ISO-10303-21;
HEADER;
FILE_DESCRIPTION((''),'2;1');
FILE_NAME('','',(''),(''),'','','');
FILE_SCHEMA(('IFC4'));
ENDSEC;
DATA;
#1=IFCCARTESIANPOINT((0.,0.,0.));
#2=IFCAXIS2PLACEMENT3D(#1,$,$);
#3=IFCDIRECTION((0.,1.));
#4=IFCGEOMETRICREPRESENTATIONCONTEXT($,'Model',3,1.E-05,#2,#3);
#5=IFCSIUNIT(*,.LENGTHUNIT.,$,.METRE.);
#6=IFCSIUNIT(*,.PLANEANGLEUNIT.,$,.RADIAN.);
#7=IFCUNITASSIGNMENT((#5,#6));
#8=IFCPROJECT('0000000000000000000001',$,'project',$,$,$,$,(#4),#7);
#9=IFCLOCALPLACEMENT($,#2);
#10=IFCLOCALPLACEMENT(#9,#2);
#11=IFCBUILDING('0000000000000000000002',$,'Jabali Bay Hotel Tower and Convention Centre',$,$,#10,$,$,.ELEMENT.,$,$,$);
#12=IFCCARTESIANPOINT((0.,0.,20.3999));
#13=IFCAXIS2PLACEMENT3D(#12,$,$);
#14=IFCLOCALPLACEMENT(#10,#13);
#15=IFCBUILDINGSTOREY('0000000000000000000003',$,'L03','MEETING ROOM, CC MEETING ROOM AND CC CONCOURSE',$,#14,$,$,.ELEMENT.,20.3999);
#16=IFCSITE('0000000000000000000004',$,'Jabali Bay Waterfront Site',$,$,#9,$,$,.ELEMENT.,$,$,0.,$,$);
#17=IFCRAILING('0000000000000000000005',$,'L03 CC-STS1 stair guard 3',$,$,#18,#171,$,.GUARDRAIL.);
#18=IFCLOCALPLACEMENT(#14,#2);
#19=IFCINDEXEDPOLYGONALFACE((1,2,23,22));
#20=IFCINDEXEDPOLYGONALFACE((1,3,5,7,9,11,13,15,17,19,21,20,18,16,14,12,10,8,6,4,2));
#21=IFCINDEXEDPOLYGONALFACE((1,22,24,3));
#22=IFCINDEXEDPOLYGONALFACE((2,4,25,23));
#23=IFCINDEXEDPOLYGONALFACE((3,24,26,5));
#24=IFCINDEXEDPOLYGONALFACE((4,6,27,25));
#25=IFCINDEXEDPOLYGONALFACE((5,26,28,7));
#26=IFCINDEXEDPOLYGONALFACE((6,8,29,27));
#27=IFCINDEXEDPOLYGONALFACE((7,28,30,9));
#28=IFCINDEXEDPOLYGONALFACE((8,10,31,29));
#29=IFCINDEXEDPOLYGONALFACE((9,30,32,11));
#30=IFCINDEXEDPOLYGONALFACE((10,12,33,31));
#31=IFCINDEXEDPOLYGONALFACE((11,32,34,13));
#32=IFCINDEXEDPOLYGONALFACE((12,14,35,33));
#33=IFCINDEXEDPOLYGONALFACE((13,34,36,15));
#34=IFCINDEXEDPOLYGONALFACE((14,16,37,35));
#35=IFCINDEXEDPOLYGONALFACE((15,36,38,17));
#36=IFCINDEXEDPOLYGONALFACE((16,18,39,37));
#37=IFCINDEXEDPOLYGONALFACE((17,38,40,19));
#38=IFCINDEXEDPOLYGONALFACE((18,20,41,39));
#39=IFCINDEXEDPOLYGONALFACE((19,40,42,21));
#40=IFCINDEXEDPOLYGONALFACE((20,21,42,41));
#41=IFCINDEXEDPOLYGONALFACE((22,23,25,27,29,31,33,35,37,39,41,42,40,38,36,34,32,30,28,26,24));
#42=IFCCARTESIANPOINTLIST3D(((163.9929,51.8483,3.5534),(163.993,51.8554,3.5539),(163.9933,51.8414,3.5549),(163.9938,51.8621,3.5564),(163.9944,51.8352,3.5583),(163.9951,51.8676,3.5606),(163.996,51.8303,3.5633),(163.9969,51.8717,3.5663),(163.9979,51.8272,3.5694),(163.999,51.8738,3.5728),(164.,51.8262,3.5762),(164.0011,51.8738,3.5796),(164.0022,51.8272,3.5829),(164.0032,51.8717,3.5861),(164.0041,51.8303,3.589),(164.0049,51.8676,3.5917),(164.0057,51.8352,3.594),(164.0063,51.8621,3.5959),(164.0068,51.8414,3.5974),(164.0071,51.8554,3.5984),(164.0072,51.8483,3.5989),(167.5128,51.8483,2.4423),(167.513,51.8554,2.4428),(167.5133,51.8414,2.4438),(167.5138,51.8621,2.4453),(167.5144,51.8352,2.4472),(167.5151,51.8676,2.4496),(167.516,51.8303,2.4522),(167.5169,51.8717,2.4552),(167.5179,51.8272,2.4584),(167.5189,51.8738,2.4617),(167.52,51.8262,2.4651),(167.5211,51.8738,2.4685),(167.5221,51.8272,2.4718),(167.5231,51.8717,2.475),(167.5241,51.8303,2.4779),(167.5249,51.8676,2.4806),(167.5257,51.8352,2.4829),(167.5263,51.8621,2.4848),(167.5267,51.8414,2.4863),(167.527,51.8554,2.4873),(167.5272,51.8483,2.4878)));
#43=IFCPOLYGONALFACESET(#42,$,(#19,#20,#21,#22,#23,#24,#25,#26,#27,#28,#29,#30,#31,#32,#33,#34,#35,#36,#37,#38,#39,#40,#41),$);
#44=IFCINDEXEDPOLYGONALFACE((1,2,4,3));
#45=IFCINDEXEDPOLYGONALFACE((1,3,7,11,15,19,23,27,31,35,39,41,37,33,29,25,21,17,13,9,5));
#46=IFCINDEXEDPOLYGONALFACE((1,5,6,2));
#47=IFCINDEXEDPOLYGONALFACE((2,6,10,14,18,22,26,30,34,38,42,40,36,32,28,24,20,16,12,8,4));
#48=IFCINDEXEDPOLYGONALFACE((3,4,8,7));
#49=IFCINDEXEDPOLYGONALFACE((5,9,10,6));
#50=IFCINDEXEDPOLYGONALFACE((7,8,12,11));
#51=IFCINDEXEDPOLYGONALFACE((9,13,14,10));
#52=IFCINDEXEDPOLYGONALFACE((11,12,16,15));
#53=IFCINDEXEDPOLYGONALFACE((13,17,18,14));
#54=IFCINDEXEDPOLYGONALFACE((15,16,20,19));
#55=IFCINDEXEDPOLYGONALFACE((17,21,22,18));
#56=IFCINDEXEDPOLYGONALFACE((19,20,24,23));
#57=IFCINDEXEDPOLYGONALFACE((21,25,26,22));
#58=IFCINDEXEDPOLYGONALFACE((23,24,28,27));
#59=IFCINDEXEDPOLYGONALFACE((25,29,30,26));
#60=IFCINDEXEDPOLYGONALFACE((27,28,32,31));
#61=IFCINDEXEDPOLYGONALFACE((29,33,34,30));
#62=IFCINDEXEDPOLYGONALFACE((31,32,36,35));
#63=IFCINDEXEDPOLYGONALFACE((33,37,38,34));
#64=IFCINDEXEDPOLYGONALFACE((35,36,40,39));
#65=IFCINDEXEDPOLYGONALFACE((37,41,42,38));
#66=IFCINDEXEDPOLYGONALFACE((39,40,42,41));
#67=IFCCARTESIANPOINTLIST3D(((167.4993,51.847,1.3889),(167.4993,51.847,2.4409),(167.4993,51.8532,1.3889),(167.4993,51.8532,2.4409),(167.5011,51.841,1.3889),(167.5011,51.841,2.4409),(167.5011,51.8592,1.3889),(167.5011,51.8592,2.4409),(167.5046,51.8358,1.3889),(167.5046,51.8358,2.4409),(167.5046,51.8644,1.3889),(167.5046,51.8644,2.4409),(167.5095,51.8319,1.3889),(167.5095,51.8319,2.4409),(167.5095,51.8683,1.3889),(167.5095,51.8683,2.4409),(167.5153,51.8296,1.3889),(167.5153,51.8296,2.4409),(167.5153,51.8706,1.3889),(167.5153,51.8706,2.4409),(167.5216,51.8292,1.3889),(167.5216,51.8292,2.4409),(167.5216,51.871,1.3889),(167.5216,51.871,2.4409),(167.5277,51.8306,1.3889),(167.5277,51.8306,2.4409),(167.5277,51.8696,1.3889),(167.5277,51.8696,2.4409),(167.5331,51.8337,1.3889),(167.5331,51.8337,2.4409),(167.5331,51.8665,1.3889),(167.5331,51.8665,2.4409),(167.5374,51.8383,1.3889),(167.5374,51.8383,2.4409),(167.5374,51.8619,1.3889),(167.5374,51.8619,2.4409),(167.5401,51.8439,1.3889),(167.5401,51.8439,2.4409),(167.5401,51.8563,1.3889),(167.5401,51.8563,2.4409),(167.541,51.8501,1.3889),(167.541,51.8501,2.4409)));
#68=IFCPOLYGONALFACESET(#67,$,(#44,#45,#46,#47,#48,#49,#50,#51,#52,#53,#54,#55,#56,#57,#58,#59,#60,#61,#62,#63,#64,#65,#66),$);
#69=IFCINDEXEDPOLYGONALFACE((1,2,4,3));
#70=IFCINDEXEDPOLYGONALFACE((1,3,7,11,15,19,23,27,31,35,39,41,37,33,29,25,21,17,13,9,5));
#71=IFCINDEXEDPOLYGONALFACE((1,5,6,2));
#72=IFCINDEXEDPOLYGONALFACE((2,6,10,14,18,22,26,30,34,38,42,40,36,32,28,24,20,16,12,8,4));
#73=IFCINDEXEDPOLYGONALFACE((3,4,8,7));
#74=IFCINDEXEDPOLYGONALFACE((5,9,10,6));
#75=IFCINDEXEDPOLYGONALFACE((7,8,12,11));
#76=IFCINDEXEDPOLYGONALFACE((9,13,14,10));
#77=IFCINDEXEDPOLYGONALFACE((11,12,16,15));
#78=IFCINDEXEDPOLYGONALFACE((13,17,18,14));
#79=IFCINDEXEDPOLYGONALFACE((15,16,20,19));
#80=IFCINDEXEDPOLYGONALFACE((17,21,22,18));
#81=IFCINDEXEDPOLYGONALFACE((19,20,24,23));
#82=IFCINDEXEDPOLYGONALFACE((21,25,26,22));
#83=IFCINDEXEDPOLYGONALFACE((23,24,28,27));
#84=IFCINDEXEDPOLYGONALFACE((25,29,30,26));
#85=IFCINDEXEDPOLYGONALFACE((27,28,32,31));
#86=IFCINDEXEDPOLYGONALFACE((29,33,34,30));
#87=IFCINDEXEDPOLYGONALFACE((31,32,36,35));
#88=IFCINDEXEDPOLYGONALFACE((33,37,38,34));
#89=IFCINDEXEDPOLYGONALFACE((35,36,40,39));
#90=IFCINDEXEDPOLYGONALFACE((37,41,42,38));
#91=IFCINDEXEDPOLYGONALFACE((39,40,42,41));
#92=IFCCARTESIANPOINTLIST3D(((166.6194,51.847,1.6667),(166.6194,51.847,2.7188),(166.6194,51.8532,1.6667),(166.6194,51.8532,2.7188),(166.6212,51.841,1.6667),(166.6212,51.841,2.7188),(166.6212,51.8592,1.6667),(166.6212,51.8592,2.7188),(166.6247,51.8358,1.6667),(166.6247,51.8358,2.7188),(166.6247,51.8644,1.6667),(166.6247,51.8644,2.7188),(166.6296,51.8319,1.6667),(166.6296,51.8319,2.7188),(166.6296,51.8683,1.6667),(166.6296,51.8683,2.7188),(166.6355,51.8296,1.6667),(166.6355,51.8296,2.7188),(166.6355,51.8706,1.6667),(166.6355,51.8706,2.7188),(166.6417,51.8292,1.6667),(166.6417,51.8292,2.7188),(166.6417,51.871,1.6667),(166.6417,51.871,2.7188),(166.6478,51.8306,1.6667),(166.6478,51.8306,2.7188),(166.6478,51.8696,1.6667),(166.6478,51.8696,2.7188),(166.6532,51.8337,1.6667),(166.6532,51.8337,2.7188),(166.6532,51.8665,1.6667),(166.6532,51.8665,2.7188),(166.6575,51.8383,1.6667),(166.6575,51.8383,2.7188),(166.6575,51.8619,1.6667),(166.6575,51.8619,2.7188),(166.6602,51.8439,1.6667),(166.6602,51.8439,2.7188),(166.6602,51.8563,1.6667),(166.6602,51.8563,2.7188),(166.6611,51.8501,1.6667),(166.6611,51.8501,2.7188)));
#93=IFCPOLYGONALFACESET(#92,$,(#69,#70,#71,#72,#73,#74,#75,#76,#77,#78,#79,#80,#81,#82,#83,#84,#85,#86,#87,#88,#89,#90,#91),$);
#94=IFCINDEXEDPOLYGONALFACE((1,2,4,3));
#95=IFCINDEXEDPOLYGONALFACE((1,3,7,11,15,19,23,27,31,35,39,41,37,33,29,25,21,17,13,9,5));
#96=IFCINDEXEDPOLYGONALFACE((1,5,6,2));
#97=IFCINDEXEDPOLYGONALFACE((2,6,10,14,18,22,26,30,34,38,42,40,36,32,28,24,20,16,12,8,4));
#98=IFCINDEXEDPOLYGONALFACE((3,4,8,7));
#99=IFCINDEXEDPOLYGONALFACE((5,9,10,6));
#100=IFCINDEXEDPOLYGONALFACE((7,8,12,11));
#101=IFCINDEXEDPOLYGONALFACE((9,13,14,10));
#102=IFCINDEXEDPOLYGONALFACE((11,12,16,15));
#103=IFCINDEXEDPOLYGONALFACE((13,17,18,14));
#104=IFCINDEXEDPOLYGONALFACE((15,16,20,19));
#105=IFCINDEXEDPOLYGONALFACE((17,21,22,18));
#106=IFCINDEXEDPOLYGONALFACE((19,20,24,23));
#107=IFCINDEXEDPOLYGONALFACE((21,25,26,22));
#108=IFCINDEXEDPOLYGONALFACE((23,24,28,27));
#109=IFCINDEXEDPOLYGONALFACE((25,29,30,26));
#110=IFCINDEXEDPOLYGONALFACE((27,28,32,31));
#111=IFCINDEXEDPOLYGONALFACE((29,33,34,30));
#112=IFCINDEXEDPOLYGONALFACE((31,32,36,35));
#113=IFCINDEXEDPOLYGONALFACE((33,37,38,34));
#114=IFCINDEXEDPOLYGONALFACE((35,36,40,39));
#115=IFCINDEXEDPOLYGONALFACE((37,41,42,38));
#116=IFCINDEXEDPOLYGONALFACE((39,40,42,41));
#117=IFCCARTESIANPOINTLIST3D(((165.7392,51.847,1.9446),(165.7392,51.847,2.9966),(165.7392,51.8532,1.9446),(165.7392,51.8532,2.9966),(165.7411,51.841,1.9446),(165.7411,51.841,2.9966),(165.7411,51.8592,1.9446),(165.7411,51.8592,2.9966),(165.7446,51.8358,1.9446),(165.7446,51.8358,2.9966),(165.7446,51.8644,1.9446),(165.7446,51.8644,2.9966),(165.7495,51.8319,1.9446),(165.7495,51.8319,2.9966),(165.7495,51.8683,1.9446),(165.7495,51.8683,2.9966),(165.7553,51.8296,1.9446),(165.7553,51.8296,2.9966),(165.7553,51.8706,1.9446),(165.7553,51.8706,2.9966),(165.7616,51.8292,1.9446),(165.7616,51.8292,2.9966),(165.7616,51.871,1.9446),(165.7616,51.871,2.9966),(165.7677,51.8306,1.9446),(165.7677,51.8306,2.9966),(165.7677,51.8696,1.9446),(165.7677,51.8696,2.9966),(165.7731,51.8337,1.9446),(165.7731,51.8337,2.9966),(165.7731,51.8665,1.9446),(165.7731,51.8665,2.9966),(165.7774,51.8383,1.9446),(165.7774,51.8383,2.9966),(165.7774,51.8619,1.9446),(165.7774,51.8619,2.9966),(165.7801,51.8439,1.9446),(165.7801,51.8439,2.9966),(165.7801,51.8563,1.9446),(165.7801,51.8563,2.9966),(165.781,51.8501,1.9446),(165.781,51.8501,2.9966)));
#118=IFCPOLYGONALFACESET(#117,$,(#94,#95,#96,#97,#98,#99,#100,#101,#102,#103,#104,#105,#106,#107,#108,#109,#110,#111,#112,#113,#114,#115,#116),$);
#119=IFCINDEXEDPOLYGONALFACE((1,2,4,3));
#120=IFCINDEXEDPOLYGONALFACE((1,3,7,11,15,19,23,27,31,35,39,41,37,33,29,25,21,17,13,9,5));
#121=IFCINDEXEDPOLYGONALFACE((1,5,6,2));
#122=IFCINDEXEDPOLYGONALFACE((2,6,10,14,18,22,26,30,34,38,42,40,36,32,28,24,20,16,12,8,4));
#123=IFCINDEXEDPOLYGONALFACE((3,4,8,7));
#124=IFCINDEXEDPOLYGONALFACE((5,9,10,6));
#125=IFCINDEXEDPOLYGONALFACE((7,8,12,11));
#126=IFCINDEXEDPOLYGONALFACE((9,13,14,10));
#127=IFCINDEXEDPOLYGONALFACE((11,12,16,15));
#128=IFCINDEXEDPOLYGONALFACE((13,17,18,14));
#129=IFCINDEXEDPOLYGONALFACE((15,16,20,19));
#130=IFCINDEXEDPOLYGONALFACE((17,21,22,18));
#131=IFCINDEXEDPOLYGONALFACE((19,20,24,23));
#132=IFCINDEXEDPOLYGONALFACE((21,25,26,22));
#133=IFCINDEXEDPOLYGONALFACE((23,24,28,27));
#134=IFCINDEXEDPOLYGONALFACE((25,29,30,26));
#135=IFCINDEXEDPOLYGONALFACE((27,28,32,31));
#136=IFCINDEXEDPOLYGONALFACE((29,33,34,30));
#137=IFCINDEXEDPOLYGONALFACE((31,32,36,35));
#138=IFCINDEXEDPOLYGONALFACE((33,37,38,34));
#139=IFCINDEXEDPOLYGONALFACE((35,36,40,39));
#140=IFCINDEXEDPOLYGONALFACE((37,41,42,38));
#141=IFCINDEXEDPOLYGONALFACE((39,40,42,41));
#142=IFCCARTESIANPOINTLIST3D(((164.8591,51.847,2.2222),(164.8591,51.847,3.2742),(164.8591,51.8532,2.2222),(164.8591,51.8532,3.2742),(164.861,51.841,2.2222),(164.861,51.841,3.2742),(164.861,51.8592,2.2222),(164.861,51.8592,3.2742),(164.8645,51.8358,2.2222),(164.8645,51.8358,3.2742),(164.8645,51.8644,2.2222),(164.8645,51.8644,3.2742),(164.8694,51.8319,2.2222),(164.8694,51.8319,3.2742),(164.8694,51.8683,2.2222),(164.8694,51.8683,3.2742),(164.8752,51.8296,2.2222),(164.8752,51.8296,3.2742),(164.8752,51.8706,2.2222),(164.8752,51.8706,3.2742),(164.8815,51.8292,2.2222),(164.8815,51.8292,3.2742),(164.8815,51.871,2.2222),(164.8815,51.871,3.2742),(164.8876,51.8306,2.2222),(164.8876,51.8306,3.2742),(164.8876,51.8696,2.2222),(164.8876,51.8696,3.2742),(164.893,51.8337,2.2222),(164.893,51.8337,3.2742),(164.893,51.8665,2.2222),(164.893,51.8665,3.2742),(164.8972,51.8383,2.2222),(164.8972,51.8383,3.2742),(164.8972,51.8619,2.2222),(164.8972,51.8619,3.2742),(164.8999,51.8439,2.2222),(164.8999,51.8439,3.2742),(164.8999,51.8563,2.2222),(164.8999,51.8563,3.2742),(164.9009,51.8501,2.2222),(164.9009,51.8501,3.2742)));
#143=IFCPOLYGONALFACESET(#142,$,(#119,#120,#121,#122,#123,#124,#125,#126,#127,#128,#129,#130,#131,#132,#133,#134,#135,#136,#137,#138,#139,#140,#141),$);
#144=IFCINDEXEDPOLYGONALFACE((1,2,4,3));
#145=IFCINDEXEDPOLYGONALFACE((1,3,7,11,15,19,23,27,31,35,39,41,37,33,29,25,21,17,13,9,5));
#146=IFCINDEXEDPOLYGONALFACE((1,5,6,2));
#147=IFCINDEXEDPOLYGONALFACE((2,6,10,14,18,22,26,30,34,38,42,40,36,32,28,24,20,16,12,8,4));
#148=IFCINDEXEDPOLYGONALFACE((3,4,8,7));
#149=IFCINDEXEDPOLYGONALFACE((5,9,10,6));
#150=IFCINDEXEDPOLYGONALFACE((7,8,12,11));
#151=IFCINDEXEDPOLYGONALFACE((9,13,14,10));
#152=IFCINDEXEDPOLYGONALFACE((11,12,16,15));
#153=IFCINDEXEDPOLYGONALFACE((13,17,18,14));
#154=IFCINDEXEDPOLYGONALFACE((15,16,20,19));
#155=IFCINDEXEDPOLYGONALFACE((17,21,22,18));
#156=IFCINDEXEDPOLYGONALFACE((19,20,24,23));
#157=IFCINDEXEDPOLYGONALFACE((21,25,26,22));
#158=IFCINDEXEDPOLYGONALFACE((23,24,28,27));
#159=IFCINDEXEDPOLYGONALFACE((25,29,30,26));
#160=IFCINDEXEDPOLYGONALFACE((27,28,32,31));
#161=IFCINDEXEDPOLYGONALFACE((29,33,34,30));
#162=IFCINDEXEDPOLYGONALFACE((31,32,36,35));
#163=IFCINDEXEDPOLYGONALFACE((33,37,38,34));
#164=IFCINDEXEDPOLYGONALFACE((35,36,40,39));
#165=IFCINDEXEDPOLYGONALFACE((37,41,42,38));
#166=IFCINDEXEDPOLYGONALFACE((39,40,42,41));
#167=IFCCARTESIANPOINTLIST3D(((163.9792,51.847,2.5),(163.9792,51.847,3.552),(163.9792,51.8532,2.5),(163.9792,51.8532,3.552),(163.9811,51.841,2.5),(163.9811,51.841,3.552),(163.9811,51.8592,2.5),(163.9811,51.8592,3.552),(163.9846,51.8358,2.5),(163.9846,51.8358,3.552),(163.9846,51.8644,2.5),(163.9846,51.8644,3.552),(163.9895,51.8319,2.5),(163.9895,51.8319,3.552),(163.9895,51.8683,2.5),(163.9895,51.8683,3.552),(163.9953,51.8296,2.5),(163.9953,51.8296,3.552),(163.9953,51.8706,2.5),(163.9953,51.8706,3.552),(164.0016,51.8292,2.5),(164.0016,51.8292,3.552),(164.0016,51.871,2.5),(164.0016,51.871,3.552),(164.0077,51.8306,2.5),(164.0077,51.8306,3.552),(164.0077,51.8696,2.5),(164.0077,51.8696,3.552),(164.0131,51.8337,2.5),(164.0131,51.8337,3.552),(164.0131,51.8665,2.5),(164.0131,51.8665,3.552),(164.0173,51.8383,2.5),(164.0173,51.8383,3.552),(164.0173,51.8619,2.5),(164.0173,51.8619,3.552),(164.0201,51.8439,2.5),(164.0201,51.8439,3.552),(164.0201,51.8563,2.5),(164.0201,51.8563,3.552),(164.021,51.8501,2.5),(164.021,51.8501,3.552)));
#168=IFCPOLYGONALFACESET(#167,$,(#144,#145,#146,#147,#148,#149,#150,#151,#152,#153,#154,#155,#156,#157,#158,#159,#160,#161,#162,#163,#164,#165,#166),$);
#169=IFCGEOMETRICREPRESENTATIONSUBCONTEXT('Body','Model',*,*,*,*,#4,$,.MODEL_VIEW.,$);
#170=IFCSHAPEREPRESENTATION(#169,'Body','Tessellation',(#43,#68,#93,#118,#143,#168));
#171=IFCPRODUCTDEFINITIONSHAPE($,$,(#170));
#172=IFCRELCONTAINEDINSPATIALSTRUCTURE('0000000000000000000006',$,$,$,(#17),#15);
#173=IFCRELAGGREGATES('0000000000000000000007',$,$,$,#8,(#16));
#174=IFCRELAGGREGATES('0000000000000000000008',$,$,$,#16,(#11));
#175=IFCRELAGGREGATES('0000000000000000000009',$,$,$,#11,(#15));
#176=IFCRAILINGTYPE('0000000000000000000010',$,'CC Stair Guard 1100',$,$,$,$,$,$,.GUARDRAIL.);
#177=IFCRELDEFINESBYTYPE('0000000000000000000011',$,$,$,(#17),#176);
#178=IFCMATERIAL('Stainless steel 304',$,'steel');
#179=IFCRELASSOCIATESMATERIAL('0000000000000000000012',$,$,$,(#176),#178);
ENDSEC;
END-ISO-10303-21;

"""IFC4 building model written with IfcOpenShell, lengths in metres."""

from ifc_helpers import new_model, si_unit, direction, frame, origin, origin_2d, place, context, subcontext, project, spatial, circle, extrude, material, type_object, element, save


model = new_model("IFC4")

# Units and contexts
model_context = context("Model", 3, precision=1e-05, world=origin(), true_north=direction((0.0, 1.0)))
body_context = subcontext(model_context, "Body", "Model", "MODEL_VIEW")
ifc_project = project(units=[si_unit("LENGTHUNIT", "METRE"), si_unit("PLANEANGLEUNIT", "RADIAN")], contexts=[model_context])

# Site, building, storey
site_placement = place(None, origin())
site = spatial("IfcSite", under=ifc_project, at=site_placement, Name="Jabali Bay Waterfront Site", CompositionType="ELEMENT", RefElevation=0.0)
building_placement = place(site_placement, origin())
building = spatial("IfcBuilding", under=site, at=building_placement, Name="Jabali Bay Hotel Tower and Convention Centre", CompositionType="ELEMENT")
storey_placement = place(building_placement, frame((0.0, 0.0, 20.3999)))
storey = spatial("IfcBuildingStorey", under=building, at=storey_placement, Name="L03", Description="MEETING ROOM, CC MEETING ROOM AND CC CONCOURSE", CompositionType="ELEMENT", Elevation=20.3999)

# Railing
ifc_material_1 = material(Name="Stainless steel 304", Category="steel")
railing_type_1 = type_object("IfcRailingType", Name="CC Stair Guard 1100", PredefinedType="GUARDRAIL", material=ifc_material_1)
railing_1_placement = place(storey_placement, frame((167.52, 51.8501, 1.3889)))
element("IfcRailing", 1, at=railing_1_placement, inside=storey, type_object=railing_type_1, Name="L03 CC-STS1 stair guard 3", PredefinedType="GUARDRAIL", context=body_context, shape_type="SweptSolid", body=[
    extrude(circle(Radius=0.0239, at=origin_2d()), frame((0.0, 0.0, 1.0762), z_axis=(-0.953622, 0.0, 0.301008), x_axis=(0.0, -1.0, 0.0)), (0.0, 0.0, 1.0), 3.6912),
    extrude(circle(Radius=0.021, at=origin_2d()), origin(), (0.0, 0.0, 1.0), 1.052),
    extrude(circle(Radius=0.021, at=origin_2d()), frame((-0.8799, 0.0, 0.2778)), (0.0, 0.0, 1.0), 1.052),
    extrude(circle(Radius=0.021, at=origin_2d()), frame((-1.76, 0.0, 0.5557)), (0.0, 0.0, 1.0), 1.052),
    extrude(circle(Radius=0.021, at=origin_2d()), frame((-2.6401, 0.0, 0.8333)), (0.0, 0.0, 1.0), 1.052),
    extrude(circle(Radius=0.021, at=origin_2d()), frame((-3.52, 0.0, 1.1111)), (0.0, 0.0, 1.0), 1.052),
])

save(model, "model.ifc")
